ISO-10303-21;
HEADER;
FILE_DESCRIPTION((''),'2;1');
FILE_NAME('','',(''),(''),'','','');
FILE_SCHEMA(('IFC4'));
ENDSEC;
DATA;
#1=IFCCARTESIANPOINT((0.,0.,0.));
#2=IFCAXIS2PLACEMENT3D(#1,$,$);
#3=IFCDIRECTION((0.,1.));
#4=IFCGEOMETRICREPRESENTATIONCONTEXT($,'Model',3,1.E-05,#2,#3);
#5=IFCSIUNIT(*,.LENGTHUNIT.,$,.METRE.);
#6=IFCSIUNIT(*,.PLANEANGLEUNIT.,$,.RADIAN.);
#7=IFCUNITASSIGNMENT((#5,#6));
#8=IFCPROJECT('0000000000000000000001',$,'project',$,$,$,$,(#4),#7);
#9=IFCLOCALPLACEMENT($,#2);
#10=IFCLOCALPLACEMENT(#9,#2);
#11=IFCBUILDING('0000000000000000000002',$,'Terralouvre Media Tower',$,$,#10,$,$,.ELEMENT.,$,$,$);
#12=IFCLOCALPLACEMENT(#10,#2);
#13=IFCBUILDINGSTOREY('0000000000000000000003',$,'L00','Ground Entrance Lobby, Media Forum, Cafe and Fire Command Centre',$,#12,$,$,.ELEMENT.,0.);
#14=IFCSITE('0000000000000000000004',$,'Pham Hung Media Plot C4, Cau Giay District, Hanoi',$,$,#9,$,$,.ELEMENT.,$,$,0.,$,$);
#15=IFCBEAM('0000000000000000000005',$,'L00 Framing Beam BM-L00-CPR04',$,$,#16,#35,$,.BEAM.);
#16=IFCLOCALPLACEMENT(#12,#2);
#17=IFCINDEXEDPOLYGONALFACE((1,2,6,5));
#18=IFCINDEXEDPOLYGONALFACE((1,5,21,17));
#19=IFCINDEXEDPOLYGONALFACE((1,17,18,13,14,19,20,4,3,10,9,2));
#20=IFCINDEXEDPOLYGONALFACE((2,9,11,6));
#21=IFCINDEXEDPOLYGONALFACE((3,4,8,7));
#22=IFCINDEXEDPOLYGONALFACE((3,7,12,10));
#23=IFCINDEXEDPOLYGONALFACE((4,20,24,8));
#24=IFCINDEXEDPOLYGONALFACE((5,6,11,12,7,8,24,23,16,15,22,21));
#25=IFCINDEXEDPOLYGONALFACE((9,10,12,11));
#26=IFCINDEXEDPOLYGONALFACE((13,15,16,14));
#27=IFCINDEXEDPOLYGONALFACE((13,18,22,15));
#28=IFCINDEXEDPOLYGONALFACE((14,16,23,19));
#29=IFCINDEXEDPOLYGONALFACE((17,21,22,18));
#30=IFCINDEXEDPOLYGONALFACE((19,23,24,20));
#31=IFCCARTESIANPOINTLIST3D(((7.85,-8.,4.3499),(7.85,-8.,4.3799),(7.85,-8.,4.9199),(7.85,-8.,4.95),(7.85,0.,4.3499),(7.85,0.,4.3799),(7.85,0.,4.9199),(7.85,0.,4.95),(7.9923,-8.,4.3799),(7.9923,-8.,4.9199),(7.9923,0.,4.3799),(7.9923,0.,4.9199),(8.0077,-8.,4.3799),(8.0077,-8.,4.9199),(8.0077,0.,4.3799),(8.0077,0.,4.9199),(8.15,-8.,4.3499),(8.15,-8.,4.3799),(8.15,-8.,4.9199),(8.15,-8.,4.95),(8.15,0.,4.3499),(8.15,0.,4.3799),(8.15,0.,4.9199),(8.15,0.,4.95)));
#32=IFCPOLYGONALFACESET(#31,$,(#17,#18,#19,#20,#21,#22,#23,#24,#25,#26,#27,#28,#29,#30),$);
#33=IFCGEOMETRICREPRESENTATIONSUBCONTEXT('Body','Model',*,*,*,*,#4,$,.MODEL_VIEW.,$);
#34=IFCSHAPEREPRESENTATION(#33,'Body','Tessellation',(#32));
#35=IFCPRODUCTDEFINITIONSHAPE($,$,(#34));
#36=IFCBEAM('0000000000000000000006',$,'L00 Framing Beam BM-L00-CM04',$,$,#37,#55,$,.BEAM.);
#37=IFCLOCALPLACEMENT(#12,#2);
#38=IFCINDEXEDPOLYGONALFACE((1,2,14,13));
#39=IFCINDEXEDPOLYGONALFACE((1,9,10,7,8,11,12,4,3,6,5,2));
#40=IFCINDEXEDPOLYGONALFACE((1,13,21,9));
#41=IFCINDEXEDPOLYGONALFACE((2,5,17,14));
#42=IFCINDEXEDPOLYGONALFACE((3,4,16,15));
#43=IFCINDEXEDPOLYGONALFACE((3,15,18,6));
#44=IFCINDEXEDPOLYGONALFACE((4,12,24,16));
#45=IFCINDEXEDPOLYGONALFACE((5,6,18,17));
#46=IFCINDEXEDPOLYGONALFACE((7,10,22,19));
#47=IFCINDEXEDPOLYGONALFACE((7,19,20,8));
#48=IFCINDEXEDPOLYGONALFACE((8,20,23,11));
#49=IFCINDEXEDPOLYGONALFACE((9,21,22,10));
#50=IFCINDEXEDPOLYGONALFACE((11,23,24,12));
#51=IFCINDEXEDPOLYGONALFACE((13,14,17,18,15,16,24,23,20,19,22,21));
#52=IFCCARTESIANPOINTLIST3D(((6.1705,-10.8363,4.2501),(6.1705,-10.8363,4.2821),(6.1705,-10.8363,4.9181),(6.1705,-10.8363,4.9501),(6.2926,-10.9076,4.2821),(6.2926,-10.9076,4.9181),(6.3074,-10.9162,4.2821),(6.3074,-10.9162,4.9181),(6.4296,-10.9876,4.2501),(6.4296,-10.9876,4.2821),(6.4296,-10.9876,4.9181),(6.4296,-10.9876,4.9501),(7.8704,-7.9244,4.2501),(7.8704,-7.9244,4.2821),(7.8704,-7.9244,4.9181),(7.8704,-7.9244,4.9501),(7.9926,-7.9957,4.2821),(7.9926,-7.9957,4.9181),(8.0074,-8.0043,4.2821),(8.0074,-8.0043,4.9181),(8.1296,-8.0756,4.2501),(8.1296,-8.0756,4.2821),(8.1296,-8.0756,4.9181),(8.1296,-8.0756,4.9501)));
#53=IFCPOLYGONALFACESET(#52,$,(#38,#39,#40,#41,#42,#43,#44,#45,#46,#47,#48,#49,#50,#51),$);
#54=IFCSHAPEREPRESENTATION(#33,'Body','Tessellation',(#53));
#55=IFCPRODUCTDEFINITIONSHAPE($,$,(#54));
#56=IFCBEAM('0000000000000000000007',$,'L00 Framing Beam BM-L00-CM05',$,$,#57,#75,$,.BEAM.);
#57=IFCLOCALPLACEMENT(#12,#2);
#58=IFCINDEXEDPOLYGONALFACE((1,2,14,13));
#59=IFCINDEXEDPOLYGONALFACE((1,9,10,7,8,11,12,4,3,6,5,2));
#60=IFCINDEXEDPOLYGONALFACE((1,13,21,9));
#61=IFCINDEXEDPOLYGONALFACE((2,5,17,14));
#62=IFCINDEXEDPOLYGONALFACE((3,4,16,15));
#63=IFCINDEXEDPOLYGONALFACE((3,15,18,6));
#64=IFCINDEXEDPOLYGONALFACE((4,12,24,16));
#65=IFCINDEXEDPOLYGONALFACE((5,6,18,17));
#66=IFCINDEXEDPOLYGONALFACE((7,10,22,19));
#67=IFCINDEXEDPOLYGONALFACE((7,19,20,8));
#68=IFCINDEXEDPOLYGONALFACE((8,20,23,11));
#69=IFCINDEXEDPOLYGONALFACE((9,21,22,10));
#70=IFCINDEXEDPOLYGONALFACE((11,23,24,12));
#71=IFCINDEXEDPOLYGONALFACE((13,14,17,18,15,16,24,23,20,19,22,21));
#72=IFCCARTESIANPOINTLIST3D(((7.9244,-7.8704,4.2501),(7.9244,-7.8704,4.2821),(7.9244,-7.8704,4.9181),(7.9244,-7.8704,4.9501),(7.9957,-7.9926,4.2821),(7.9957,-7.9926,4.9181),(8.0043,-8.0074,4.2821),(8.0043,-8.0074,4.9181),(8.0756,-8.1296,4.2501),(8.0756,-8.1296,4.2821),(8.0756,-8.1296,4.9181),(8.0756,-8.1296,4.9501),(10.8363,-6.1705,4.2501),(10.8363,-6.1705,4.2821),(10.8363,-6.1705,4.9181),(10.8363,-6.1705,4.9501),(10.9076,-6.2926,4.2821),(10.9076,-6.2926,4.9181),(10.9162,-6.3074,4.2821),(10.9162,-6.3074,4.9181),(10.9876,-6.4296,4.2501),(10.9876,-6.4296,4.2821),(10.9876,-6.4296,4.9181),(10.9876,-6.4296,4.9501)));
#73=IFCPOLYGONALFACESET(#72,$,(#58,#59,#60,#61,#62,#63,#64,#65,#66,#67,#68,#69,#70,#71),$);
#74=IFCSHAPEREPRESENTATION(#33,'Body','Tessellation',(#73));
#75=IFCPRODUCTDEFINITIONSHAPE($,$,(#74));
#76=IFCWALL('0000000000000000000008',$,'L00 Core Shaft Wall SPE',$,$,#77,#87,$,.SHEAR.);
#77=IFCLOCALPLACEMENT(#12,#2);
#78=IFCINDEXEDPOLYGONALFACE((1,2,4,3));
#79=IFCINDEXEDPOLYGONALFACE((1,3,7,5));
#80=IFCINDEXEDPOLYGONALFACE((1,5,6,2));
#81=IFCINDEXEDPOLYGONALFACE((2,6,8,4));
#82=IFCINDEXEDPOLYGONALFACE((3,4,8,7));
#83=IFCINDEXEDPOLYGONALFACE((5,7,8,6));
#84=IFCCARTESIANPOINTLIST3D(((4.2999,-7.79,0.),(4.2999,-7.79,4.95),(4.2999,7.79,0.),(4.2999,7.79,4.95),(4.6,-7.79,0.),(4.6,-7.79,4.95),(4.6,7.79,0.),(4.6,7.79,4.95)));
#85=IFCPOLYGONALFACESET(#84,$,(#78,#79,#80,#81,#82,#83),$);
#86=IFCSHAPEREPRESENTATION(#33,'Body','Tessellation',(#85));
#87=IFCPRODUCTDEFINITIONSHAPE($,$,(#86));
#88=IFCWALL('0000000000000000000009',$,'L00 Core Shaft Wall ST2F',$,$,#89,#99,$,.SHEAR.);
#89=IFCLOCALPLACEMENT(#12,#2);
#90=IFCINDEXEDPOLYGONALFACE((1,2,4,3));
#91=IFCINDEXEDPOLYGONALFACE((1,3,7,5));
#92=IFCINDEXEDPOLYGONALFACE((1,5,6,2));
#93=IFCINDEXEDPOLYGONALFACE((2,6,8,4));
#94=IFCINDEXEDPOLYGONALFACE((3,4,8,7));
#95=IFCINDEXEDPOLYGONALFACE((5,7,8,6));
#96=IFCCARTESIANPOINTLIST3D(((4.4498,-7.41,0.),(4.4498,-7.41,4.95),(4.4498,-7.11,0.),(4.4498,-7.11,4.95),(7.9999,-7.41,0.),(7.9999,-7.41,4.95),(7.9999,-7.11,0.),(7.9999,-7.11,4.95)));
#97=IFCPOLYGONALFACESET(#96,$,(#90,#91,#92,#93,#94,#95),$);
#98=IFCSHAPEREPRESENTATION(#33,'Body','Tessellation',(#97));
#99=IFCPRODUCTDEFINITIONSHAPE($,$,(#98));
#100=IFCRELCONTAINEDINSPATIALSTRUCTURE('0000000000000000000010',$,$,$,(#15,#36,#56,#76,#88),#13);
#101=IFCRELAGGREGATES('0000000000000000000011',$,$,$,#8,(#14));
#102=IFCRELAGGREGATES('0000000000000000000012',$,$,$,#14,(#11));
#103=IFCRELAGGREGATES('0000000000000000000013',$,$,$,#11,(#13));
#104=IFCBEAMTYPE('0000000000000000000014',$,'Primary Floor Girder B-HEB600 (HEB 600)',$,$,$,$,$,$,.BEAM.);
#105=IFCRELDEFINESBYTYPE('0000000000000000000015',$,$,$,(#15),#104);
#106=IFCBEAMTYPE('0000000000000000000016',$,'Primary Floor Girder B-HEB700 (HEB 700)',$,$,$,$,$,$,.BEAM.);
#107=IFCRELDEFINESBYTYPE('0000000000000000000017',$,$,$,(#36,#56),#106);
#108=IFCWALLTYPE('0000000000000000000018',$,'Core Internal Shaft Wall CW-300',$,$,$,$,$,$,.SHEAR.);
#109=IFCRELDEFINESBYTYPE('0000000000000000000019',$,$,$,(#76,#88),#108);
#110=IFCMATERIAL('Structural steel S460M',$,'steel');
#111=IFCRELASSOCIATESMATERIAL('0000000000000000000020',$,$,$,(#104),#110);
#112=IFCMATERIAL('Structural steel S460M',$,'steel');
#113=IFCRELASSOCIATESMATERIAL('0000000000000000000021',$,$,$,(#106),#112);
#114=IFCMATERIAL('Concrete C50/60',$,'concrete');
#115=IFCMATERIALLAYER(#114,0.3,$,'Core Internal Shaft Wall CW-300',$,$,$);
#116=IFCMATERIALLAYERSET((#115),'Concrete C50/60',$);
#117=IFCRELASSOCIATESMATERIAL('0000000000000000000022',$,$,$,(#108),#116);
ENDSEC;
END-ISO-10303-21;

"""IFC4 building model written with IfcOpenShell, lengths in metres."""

from ifc_helpers import new_model, si_unit, direction, frame, frame_2d, origin, origin_2d, place, context, subcontext, project, spatial, rectangle, i_section, extrude, material, layer, layer_set, material_profile, profile_set, type_object, element, save


model = new_model("IFC4")

# Units and contexts
model_context = context("Model", 3, precision=1e-05, world=origin(), true_north=direction((0.0, 1.0)))
body_context = subcontext(model_context, "Body", "Model", "MODEL_VIEW")
ifc_project = project(units=[si_unit("LENGTHUNIT", "METRE"), si_unit("PLANEANGLEUNIT", "RADIAN")], contexts=[model_context])

# Site, building, storey
site_placement = place(None, origin())
site = spatial("IfcSite", under=ifc_project, at=site_placement, Name="Pham Hung Media Plot C4, Cau Giay District, Hanoi", CompositionType="ELEMENT", RefElevation=0.0)
building_placement = place(site_placement, origin())
building = spatial("IfcBuilding", under=site, at=building_placement, Name="Terralouvre Media Tower", CompositionType="ELEMENT")
storey_placement = place(building_placement, origin())
storey = spatial("IfcBuildingStorey", under=building, at=storey_placement, Name="L00", Description="Ground Entrance Lobby, Media Forum, Cafe and Fire Command Centre", CompositionType="ELEMENT", Elevation=0.0)

# Beams
ifc_material_1 = material(Name="Structural steel S460M", Category="steel")
ifc_material_profile_1 = material_profile(ifc_material_1, i_section(OverallWidth=0.3, OverallDepth=0.6001, WebThickness=0.0154, FlangeThickness=0.03, at=origin_2d()), Name="HEB 600")
ifc_profile_set_1 = profile_set([ifc_material_profile_1], Name="Structural steel S460M")
beam_type_1 = type_object("IfcBeamType", Name="Primary Floor Girder B-HEB600 (HEB 600)", PredefinedType="BEAM", material=ifc_profile_set_1)
beam_placement = place(storey_placement, frame((8.0, -8.0, 4.6499), z_axis=(0.0, 1.0, 0.0), x_axis=(-1.0, 0.0, 0.0)))
element("IfcBeam", 1, at=beam_placement, inside=storey, type_object=beam_type_1, Name="L00 Framing Beam BM-L00-CPR04", PredefinedType="BEAM", context=body_context, shape_type="SweptSolid", body=[
    extrude(i_section(OverallWidth=0.3, OverallDepth=0.6001, WebThickness=0.0154, FlangeThickness=0.03, at=origin_2d()), origin(), (0.0, 0.0, 1.0), 8.0),
])
ifc_material_2 = material(Name="Structural steel S460M", Category="steel")
ifc_material_profile_2 = material_profile(ifc_material_2, i_section(OverallWidth=0.3, OverallDepth=0.7, WebThickness=0.0171, FlangeThickness=0.032, at=origin_2d()), Name="HEB 700")
ifc_profile_set_2 = profile_set([ifc_material_profile_2], Name="Structural steel S460M")
beam_type_2 = type_object("IfcBeamType", Name="Primary Floor Girder B-HEB700 (HEB 700)", PredefinedType="BEAM", material=ifc_profile_set_2)
for number, where, z_axis, x_axis, name in (
    (2, (8.0, -8.0, 4.6001), (-0.504173, -0.863603, 0.0), (0.863603, -0.504173, 0.0), "L00 Framing Beam BM-L00-CM04"),
    (3, (8.0, -8.0, 4.6001), (0.863603, 0.504173, 0.0), (-0.504173, 0.863603, 0.0), "L00 Framing Beam BM-L00-CM05"),
):
    element("IfcBeam", number, at=place(storey_placement, frame(where, z_axis=z_axis, x_axis=x_axis)), inside=storey, type_object=beam_type_2, Name=name, PredefinedType="BEAM", context=body_context, shape_type="SweptSolid", body=[
        extrude(i_section(OverallWidth=0.3, OverallDepth=0.7, WebThickness=0.0171, FlangeThickness=0.032, at=origin_2d()), origin(), (0.0, 0.0, 1.0), 3.3718),
    ])

# Walls
ifc_material_3 = material(Name="Concrete C50/60", Category="concrete")
ifc_layer_1 = layer(ifc_material_3, 0.3, Name="Core Internal Shaft Wall CW-300")
ifc_layer_set_1 = layer_set([ifc_layer_1], Name="Concrete C50/60")
wall_type_1 = type_object("IfcWallType", Name="Core Internal Shaft Wall CW-300", PredefinedType="SHEAR", material=ifc_layer_set_1)
wall_1_placement = place(storey_placement, frame((4.45, -7.79, 0.0), z_axis=(0.0, 0.0, 1.0), x_axis=(0.0, 1.0, 0.0)))
element("IfcWall", 4, at=wall_1_placement, inside=storey, type_object=wall_type_1, Name="L00 Core Shaft Wall SPE", PredefinedType="SHEAR", context=body_context, shape_type="SweptSolid", body=[
    extrude(rectangle(XDim=15.5801, YDim=0.3, at=frame_2d((7.79, 0.0))), origin(), (0.0, 0.0, 1.0), 4.95),
])
wall_2_placement = place(storey_placement, frame((4.45, -7.26, 0.0), z_axis=(0.0, 0.0, 1.0), x_axis=(1.0, 0.0, 0.0)))
element("IfcWall", 5, at=wall_2_placement, inside=storey, type_object=wall_type_1, Name="L00 Core Shaft Wall ST2F", PredefinedType="SHEAR", context=body_context, shape_type="SweptSolid", body=[
    extrude(rectangle(XDim=3.55, YDim=0.3, at=frame_2d((1.7749, 0.0))), origin(), (0.0, 0.0, 1.0), 4.95),
])

save(model, "model.ifc")
